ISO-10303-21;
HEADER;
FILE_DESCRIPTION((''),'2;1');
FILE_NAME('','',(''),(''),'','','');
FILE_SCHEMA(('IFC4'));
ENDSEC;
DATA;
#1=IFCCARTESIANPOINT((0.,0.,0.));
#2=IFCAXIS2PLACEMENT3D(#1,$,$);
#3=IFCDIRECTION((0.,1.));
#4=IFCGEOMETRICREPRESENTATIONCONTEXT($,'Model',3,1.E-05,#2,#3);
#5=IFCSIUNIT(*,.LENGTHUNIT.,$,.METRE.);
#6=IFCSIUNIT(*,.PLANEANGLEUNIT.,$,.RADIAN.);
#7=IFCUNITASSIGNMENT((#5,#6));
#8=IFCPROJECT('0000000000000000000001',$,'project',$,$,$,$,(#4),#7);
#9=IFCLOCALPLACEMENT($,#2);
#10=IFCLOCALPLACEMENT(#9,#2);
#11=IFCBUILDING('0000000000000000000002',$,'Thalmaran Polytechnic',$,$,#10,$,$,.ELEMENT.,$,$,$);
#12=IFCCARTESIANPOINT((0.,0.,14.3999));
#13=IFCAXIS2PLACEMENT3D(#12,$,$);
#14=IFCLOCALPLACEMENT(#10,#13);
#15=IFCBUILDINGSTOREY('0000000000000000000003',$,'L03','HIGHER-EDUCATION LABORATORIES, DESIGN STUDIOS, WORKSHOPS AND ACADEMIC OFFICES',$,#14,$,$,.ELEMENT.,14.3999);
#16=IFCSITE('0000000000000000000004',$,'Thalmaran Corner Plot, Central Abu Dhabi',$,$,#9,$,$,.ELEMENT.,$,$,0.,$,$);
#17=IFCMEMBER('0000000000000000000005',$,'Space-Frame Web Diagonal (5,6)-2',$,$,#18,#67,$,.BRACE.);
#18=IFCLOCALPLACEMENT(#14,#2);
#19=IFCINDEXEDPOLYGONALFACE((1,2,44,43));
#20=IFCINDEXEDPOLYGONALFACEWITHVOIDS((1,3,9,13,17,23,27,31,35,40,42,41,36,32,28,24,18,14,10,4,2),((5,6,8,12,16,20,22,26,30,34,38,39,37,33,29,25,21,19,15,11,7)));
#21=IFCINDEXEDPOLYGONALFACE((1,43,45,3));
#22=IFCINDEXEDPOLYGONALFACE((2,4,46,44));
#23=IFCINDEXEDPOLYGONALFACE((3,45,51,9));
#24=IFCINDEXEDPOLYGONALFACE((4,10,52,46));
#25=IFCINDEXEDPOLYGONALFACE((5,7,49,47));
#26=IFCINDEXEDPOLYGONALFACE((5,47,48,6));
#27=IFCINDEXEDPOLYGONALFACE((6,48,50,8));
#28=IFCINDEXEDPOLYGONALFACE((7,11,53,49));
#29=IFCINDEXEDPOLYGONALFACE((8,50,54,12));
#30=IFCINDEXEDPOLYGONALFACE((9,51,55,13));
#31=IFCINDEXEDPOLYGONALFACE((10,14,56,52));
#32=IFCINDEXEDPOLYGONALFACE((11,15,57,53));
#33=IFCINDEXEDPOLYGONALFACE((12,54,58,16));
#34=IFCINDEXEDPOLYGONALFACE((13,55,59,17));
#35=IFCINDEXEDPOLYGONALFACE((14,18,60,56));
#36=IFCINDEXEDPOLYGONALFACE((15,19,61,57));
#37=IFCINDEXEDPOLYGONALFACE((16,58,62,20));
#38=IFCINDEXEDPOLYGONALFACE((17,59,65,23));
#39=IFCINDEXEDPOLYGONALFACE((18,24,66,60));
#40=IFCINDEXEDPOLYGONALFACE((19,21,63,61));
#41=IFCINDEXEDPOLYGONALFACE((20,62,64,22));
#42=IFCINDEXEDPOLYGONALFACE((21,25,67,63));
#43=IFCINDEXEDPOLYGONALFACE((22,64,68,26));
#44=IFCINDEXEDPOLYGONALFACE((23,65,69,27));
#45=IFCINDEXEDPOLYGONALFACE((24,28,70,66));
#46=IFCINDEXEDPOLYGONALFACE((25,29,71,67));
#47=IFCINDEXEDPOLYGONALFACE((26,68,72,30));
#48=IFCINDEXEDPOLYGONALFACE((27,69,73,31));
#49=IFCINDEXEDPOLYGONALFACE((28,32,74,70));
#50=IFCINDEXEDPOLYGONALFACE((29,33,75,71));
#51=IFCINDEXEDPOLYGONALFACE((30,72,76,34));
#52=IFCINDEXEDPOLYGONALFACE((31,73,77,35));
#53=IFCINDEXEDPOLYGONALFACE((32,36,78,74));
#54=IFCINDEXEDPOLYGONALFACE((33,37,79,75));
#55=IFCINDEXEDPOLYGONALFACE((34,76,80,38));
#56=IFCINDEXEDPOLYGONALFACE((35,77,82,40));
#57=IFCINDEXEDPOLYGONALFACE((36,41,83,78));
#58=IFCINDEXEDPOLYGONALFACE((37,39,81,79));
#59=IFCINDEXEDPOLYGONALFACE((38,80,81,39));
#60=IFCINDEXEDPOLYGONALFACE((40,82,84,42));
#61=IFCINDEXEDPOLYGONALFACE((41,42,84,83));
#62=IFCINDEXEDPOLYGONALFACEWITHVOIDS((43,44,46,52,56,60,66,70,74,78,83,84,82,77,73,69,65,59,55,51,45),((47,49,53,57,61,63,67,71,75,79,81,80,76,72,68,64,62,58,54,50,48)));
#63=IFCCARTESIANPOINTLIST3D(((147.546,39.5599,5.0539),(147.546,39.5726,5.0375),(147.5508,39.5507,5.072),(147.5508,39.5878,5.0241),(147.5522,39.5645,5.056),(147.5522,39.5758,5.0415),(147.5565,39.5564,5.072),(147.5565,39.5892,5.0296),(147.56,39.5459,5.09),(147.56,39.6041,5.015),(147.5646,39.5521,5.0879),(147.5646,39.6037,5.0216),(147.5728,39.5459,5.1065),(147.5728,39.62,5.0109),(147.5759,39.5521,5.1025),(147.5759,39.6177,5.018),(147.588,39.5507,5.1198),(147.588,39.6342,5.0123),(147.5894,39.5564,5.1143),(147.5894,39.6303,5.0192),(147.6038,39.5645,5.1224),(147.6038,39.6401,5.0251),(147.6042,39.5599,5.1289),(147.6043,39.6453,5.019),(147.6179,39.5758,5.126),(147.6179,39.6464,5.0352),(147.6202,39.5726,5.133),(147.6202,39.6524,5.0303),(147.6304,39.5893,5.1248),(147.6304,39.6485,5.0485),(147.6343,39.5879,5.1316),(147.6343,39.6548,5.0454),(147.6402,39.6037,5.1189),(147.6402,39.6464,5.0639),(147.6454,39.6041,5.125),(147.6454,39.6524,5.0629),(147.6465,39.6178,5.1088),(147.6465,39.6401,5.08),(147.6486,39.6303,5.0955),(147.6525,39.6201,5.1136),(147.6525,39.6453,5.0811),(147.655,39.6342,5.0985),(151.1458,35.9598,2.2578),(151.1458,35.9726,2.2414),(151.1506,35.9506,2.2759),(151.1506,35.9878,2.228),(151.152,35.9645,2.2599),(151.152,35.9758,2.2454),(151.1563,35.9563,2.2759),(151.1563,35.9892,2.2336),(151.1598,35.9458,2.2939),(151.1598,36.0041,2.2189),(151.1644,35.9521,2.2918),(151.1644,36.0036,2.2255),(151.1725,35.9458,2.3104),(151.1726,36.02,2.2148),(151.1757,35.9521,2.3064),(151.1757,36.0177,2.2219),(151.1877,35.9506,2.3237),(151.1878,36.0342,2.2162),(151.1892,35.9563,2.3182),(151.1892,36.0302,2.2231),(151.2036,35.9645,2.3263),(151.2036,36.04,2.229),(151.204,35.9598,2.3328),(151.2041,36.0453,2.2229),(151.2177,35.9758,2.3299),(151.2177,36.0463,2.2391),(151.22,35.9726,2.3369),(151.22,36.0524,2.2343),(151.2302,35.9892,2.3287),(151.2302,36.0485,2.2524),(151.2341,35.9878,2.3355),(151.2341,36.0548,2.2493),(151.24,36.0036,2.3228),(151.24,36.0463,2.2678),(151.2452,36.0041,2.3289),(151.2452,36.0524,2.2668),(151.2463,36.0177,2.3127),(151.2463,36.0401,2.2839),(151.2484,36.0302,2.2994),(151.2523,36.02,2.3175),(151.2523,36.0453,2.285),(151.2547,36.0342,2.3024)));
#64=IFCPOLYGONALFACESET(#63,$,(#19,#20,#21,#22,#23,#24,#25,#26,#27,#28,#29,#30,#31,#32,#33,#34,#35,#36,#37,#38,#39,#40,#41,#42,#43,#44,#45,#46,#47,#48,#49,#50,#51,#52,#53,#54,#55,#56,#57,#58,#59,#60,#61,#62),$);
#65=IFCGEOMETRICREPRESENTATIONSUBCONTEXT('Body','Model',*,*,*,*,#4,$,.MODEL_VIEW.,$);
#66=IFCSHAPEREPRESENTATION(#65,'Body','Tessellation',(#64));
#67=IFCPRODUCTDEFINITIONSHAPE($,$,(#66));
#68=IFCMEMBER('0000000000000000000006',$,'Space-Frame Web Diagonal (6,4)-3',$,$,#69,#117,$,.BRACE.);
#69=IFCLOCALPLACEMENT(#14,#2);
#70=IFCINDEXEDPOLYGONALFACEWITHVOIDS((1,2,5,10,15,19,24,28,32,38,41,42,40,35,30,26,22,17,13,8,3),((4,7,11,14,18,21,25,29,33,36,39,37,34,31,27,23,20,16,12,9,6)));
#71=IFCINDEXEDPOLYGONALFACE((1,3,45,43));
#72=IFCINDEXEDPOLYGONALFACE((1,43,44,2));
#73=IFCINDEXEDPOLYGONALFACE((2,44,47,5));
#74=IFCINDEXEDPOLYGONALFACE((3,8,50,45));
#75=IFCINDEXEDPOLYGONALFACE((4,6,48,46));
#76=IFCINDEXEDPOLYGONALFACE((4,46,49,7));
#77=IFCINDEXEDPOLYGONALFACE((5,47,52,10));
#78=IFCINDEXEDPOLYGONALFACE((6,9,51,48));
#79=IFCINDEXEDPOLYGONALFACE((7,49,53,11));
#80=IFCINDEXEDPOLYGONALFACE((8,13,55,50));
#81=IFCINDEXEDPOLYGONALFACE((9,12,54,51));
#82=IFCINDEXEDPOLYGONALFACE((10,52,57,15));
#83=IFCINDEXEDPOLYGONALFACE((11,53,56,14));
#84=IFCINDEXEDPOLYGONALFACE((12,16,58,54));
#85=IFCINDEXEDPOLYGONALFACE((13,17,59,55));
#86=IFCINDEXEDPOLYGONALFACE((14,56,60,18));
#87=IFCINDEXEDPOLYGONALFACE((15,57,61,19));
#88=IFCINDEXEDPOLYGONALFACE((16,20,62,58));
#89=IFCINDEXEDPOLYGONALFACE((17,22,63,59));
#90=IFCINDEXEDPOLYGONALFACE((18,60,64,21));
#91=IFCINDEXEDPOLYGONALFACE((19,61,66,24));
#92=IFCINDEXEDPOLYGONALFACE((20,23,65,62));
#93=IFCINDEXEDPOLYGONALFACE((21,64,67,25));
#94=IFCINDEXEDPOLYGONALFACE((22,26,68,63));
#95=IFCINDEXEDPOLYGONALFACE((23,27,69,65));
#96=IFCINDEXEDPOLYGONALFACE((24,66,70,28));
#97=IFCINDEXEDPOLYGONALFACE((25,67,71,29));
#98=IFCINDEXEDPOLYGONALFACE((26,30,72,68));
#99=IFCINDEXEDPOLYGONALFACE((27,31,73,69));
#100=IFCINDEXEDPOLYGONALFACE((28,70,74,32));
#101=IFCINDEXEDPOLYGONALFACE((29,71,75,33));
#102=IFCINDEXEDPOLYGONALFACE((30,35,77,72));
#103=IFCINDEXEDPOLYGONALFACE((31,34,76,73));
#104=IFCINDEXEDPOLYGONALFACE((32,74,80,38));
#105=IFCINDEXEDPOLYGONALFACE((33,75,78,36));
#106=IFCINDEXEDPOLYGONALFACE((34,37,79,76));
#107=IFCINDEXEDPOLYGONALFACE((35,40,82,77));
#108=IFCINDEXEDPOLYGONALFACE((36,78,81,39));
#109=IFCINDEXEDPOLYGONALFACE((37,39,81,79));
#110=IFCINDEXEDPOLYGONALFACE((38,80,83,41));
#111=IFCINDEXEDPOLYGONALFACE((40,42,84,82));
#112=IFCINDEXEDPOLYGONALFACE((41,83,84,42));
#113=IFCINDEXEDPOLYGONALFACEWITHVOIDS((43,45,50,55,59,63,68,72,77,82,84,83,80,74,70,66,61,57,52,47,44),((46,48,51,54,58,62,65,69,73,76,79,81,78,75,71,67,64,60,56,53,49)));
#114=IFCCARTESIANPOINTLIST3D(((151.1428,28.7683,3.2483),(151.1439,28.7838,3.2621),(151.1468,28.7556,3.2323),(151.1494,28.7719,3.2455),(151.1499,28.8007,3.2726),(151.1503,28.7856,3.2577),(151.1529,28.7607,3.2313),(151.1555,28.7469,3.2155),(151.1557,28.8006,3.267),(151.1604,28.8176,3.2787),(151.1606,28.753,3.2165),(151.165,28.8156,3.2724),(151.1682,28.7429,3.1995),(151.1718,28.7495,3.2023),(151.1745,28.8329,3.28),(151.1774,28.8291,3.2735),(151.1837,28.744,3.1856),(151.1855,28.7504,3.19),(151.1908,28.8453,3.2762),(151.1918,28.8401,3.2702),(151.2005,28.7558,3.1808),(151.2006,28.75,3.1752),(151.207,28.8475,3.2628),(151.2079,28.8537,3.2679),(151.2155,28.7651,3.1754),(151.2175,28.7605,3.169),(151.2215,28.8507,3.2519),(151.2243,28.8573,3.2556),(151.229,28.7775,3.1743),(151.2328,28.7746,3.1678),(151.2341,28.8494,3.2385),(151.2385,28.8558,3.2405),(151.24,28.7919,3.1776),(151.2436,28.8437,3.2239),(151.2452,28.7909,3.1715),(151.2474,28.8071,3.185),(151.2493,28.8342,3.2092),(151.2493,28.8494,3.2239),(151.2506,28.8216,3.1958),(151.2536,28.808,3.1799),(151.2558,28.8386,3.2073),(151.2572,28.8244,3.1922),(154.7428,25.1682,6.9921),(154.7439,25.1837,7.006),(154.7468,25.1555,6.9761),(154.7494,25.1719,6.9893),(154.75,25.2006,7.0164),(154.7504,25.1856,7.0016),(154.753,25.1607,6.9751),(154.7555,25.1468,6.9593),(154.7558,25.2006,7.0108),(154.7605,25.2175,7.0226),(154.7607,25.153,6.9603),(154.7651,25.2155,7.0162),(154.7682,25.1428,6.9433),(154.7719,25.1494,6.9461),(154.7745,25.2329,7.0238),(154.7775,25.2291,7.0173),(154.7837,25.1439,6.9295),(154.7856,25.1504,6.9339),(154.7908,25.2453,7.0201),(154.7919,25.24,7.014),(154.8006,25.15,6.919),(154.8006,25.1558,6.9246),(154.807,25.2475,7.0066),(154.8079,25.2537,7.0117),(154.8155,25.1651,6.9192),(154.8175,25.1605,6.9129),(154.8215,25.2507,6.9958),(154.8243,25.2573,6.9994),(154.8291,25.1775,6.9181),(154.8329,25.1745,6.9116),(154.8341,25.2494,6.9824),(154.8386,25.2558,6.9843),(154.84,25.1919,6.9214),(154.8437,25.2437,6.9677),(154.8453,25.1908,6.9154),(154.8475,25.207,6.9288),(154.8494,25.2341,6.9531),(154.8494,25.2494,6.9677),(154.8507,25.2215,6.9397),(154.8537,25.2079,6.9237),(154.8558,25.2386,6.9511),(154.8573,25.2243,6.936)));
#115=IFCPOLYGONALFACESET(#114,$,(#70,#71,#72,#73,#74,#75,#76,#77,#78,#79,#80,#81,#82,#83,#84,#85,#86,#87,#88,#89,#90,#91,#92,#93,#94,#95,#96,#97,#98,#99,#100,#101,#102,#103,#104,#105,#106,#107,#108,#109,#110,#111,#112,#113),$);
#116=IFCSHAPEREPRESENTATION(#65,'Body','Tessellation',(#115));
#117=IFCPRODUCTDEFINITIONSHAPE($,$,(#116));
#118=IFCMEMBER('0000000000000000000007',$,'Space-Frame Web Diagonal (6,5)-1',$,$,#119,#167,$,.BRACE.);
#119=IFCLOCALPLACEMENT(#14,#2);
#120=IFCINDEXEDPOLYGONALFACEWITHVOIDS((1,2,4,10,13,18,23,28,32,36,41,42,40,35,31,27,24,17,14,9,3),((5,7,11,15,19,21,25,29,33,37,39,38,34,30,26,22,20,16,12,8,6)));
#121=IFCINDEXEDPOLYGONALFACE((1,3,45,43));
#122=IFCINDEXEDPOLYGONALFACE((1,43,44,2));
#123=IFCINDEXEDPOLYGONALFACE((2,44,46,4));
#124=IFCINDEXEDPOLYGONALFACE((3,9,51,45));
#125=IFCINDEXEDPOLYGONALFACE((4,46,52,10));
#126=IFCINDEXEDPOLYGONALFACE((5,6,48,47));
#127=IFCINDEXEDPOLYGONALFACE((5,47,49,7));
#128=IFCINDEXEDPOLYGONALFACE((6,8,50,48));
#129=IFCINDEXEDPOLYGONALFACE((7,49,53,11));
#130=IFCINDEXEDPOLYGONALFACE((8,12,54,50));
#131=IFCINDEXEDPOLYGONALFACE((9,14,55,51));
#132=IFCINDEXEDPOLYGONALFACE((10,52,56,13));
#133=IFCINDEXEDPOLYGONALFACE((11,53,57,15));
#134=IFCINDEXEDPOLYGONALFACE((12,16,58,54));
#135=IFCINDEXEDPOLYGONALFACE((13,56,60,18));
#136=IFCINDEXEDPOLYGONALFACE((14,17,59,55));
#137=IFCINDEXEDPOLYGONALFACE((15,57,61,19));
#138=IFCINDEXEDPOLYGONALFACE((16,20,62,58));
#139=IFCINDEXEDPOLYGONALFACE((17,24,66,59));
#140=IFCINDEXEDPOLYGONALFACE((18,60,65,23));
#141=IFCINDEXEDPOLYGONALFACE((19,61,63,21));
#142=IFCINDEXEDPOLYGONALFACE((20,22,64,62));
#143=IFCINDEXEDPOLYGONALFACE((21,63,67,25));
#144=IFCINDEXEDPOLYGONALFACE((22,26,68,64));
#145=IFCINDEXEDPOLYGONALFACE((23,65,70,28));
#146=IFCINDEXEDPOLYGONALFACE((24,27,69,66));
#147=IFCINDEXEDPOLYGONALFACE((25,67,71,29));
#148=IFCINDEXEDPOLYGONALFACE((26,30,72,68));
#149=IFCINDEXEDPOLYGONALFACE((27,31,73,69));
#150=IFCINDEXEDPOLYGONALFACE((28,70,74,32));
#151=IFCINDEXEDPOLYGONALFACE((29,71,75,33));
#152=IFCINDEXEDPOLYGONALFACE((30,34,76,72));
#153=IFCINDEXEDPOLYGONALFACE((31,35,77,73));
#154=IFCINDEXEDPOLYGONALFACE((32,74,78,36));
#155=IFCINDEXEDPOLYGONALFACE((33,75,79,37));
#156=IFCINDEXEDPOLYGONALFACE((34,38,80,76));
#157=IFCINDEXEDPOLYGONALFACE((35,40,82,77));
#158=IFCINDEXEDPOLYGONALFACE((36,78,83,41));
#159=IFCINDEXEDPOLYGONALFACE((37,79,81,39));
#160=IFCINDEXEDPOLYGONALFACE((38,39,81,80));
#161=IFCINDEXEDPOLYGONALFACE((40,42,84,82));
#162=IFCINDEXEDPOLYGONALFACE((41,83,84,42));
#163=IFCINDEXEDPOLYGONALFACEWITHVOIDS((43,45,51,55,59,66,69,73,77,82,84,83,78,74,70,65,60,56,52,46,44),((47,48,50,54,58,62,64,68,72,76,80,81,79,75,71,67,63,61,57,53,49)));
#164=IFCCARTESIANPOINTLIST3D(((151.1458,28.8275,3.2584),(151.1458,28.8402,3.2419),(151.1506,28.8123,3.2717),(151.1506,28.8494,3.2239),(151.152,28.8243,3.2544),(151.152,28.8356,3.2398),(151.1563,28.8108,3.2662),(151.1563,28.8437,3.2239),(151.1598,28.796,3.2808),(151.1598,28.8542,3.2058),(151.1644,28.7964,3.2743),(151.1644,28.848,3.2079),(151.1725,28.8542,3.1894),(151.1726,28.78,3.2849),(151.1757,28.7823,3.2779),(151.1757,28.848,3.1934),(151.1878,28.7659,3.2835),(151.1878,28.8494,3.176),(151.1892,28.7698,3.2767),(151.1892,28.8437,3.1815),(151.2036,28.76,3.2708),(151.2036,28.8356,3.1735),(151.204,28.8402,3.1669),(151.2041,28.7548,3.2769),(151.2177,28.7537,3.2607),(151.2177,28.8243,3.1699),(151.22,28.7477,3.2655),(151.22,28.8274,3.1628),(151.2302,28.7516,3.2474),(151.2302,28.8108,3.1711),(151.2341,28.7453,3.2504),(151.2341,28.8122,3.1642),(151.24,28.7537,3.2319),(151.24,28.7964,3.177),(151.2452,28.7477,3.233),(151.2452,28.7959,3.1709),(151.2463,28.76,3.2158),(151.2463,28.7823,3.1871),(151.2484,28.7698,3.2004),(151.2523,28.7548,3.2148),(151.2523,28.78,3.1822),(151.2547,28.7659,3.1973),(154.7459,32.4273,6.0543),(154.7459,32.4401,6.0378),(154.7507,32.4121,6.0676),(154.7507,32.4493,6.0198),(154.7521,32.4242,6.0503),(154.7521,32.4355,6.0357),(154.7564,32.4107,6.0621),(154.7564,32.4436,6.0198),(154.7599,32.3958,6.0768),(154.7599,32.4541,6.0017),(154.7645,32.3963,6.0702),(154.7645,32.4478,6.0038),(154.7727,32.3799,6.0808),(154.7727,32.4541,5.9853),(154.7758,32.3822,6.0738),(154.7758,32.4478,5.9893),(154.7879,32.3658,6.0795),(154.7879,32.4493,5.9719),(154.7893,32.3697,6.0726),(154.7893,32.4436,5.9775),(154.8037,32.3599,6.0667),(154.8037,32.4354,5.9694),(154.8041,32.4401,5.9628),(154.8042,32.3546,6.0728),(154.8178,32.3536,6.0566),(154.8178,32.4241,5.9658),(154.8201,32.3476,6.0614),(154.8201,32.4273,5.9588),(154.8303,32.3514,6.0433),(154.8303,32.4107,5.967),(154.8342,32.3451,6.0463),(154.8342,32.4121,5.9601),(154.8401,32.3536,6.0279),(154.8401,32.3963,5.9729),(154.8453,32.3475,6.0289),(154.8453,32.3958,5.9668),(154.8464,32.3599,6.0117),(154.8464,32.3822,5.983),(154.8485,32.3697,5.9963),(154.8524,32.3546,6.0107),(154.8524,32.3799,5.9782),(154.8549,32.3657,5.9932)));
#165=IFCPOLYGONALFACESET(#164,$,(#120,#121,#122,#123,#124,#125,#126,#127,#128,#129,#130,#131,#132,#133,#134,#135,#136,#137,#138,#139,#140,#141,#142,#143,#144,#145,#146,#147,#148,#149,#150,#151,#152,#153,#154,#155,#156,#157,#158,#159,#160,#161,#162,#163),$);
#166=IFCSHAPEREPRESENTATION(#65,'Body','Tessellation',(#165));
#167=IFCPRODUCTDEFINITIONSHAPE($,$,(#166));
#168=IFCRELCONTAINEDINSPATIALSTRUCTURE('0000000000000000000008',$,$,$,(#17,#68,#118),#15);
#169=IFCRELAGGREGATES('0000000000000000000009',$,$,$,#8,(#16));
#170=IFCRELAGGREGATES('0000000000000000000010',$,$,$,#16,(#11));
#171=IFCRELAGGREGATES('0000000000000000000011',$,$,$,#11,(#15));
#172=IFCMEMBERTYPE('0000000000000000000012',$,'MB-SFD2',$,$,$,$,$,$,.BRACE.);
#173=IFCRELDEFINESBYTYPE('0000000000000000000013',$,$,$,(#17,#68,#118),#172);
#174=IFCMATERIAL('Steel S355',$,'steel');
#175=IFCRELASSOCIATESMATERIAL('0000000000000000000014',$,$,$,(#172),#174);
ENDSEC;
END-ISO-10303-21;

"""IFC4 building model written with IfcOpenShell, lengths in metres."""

from ifc_helpers import new_model, si_unit, direction, frame, origin, origin_2d, place, context, subcontext, project, spatial, hollow_circle, extrude, material, material_profile, profile_set, type_object, element, save


model = new_model("IFC4")

# Units and contexts
model_context = context("Model", 3, precision=1e-05, world=origin(), true_north=direction((0.0, 1.0)))
body_context = subcontext(model_context, "Body", "Model", "MODEL_VIEW")
ifc_project = project(units=[si_unit("LENGTHUNIT", "METRE"), si_unit("PLANEANGLEUNIT", "RADIAN")], contexts=[model_context])

# Site, building, storey
site_placement = place(None, origin())
site = spatial("IfcSite", under=ifc_project, at=site_placement, Name="Thalmaran Corner Plot, Central Abu Dhabi", CompositionType="ELEMENT", RefElevation=0.0)
building_placement = place(site_placement, origin())
building = spatial("IfcBuilding", under=site, at=building_placement, Name="Thalmaran Polytechnic", CompositionType="ELEMENT")
storey_placement = place(building_placement, frame((0.0, 0.0, 14.3999)))
storey = spatial("IfcBuildingStorey", under=building, at=storey_placement, Name="L03", Description="HIGHER-EDUCATION LABORATORIES, DESIGN STUDIOS, WORKSHOPS AND ACADEMIC OFFICES", CompositionType="ELEMENT", Elevation=14.3999)

# Members
ifc_material = material(Name="Steel S355", Category="steel")
ifc_material_profile_1 = material_profile(ifc_material, hollow_circle(Radius=0.0698, WallThickness=0.0081, at=origin_2d()), Name="CHS 139.7x8.0")
ifc_profile_set_1 = profile_set([ifc_material_profile_1], Name="Steel S355")
member_type_1 = type_object("IfcMemberType", Name="MB-SFD2", PredefinedType="BRACE", material=ifc_profile_set_1)
member_1_placement = place(storey_placement, frame((151.2, 36.0, 2.2759), z_axis=(-0.619762, 0.619804, 0.481392), x_axis=(-0.707131, -0.707083, 0.0)))
element("IfcMember", 1, at=member_1_placement, inside=storey, type_object=member_type_1, Name="Space-Frame Web Diagonal (5,6)-2", PredefinedType="BRACE", context=body_context, shape_type="SweptSolid", body=[
    extrude(hollow_circle(Radius=0.0698, WallThickness=0.0081, at=origin_2d()), origin(), (0.0, 0.0, 1.0), 5.8083),
])
member_2_placement = place(storey_placement, frame((151.2, 28.8, 3.2239), z_axis=(0.569666, -0.569666, 0.59242), x_axis=(0.707107, 0.707107, 0.0)))
element("IfcMember", 2, at=member_2_placement, inside=storey, type_object=member_type_1, Name="Space-Frame Web Diagonal (6,4)-3", PredefinedType="BRACE", context=body_context, shape_type="SweptSolid", body=[
    extrude(hollow_circle(Radius=0.0698, WallThickness=0.0081, at=origin_2d()), origin(), (0.0, 0.0, 1.0), 6.3196),
])
member_3_placement = place(storey_placement, frame((151.2, 28.8, 3.2239), z_axis=(0.619816, 0.619774, 0.48136), x_axis=(-0.707083, 0.707131, 0.0)))
element("IfcMember", 3, at=member_3_placement, inside=storey, type_object=member_type_1, Name="Space-Frame Web Diagonal (6,5)-1", PredefinedType="BRACE", context=body_context, shape_type="SweptSolid", body=[
    extrude(hollow_circle(Radius=0.0698, WallThickness=0.0081, at=origin_2d()), origin(), (0.0, 0.0, 1.0), 5.8083),
])

save(model, "model.ifc")
